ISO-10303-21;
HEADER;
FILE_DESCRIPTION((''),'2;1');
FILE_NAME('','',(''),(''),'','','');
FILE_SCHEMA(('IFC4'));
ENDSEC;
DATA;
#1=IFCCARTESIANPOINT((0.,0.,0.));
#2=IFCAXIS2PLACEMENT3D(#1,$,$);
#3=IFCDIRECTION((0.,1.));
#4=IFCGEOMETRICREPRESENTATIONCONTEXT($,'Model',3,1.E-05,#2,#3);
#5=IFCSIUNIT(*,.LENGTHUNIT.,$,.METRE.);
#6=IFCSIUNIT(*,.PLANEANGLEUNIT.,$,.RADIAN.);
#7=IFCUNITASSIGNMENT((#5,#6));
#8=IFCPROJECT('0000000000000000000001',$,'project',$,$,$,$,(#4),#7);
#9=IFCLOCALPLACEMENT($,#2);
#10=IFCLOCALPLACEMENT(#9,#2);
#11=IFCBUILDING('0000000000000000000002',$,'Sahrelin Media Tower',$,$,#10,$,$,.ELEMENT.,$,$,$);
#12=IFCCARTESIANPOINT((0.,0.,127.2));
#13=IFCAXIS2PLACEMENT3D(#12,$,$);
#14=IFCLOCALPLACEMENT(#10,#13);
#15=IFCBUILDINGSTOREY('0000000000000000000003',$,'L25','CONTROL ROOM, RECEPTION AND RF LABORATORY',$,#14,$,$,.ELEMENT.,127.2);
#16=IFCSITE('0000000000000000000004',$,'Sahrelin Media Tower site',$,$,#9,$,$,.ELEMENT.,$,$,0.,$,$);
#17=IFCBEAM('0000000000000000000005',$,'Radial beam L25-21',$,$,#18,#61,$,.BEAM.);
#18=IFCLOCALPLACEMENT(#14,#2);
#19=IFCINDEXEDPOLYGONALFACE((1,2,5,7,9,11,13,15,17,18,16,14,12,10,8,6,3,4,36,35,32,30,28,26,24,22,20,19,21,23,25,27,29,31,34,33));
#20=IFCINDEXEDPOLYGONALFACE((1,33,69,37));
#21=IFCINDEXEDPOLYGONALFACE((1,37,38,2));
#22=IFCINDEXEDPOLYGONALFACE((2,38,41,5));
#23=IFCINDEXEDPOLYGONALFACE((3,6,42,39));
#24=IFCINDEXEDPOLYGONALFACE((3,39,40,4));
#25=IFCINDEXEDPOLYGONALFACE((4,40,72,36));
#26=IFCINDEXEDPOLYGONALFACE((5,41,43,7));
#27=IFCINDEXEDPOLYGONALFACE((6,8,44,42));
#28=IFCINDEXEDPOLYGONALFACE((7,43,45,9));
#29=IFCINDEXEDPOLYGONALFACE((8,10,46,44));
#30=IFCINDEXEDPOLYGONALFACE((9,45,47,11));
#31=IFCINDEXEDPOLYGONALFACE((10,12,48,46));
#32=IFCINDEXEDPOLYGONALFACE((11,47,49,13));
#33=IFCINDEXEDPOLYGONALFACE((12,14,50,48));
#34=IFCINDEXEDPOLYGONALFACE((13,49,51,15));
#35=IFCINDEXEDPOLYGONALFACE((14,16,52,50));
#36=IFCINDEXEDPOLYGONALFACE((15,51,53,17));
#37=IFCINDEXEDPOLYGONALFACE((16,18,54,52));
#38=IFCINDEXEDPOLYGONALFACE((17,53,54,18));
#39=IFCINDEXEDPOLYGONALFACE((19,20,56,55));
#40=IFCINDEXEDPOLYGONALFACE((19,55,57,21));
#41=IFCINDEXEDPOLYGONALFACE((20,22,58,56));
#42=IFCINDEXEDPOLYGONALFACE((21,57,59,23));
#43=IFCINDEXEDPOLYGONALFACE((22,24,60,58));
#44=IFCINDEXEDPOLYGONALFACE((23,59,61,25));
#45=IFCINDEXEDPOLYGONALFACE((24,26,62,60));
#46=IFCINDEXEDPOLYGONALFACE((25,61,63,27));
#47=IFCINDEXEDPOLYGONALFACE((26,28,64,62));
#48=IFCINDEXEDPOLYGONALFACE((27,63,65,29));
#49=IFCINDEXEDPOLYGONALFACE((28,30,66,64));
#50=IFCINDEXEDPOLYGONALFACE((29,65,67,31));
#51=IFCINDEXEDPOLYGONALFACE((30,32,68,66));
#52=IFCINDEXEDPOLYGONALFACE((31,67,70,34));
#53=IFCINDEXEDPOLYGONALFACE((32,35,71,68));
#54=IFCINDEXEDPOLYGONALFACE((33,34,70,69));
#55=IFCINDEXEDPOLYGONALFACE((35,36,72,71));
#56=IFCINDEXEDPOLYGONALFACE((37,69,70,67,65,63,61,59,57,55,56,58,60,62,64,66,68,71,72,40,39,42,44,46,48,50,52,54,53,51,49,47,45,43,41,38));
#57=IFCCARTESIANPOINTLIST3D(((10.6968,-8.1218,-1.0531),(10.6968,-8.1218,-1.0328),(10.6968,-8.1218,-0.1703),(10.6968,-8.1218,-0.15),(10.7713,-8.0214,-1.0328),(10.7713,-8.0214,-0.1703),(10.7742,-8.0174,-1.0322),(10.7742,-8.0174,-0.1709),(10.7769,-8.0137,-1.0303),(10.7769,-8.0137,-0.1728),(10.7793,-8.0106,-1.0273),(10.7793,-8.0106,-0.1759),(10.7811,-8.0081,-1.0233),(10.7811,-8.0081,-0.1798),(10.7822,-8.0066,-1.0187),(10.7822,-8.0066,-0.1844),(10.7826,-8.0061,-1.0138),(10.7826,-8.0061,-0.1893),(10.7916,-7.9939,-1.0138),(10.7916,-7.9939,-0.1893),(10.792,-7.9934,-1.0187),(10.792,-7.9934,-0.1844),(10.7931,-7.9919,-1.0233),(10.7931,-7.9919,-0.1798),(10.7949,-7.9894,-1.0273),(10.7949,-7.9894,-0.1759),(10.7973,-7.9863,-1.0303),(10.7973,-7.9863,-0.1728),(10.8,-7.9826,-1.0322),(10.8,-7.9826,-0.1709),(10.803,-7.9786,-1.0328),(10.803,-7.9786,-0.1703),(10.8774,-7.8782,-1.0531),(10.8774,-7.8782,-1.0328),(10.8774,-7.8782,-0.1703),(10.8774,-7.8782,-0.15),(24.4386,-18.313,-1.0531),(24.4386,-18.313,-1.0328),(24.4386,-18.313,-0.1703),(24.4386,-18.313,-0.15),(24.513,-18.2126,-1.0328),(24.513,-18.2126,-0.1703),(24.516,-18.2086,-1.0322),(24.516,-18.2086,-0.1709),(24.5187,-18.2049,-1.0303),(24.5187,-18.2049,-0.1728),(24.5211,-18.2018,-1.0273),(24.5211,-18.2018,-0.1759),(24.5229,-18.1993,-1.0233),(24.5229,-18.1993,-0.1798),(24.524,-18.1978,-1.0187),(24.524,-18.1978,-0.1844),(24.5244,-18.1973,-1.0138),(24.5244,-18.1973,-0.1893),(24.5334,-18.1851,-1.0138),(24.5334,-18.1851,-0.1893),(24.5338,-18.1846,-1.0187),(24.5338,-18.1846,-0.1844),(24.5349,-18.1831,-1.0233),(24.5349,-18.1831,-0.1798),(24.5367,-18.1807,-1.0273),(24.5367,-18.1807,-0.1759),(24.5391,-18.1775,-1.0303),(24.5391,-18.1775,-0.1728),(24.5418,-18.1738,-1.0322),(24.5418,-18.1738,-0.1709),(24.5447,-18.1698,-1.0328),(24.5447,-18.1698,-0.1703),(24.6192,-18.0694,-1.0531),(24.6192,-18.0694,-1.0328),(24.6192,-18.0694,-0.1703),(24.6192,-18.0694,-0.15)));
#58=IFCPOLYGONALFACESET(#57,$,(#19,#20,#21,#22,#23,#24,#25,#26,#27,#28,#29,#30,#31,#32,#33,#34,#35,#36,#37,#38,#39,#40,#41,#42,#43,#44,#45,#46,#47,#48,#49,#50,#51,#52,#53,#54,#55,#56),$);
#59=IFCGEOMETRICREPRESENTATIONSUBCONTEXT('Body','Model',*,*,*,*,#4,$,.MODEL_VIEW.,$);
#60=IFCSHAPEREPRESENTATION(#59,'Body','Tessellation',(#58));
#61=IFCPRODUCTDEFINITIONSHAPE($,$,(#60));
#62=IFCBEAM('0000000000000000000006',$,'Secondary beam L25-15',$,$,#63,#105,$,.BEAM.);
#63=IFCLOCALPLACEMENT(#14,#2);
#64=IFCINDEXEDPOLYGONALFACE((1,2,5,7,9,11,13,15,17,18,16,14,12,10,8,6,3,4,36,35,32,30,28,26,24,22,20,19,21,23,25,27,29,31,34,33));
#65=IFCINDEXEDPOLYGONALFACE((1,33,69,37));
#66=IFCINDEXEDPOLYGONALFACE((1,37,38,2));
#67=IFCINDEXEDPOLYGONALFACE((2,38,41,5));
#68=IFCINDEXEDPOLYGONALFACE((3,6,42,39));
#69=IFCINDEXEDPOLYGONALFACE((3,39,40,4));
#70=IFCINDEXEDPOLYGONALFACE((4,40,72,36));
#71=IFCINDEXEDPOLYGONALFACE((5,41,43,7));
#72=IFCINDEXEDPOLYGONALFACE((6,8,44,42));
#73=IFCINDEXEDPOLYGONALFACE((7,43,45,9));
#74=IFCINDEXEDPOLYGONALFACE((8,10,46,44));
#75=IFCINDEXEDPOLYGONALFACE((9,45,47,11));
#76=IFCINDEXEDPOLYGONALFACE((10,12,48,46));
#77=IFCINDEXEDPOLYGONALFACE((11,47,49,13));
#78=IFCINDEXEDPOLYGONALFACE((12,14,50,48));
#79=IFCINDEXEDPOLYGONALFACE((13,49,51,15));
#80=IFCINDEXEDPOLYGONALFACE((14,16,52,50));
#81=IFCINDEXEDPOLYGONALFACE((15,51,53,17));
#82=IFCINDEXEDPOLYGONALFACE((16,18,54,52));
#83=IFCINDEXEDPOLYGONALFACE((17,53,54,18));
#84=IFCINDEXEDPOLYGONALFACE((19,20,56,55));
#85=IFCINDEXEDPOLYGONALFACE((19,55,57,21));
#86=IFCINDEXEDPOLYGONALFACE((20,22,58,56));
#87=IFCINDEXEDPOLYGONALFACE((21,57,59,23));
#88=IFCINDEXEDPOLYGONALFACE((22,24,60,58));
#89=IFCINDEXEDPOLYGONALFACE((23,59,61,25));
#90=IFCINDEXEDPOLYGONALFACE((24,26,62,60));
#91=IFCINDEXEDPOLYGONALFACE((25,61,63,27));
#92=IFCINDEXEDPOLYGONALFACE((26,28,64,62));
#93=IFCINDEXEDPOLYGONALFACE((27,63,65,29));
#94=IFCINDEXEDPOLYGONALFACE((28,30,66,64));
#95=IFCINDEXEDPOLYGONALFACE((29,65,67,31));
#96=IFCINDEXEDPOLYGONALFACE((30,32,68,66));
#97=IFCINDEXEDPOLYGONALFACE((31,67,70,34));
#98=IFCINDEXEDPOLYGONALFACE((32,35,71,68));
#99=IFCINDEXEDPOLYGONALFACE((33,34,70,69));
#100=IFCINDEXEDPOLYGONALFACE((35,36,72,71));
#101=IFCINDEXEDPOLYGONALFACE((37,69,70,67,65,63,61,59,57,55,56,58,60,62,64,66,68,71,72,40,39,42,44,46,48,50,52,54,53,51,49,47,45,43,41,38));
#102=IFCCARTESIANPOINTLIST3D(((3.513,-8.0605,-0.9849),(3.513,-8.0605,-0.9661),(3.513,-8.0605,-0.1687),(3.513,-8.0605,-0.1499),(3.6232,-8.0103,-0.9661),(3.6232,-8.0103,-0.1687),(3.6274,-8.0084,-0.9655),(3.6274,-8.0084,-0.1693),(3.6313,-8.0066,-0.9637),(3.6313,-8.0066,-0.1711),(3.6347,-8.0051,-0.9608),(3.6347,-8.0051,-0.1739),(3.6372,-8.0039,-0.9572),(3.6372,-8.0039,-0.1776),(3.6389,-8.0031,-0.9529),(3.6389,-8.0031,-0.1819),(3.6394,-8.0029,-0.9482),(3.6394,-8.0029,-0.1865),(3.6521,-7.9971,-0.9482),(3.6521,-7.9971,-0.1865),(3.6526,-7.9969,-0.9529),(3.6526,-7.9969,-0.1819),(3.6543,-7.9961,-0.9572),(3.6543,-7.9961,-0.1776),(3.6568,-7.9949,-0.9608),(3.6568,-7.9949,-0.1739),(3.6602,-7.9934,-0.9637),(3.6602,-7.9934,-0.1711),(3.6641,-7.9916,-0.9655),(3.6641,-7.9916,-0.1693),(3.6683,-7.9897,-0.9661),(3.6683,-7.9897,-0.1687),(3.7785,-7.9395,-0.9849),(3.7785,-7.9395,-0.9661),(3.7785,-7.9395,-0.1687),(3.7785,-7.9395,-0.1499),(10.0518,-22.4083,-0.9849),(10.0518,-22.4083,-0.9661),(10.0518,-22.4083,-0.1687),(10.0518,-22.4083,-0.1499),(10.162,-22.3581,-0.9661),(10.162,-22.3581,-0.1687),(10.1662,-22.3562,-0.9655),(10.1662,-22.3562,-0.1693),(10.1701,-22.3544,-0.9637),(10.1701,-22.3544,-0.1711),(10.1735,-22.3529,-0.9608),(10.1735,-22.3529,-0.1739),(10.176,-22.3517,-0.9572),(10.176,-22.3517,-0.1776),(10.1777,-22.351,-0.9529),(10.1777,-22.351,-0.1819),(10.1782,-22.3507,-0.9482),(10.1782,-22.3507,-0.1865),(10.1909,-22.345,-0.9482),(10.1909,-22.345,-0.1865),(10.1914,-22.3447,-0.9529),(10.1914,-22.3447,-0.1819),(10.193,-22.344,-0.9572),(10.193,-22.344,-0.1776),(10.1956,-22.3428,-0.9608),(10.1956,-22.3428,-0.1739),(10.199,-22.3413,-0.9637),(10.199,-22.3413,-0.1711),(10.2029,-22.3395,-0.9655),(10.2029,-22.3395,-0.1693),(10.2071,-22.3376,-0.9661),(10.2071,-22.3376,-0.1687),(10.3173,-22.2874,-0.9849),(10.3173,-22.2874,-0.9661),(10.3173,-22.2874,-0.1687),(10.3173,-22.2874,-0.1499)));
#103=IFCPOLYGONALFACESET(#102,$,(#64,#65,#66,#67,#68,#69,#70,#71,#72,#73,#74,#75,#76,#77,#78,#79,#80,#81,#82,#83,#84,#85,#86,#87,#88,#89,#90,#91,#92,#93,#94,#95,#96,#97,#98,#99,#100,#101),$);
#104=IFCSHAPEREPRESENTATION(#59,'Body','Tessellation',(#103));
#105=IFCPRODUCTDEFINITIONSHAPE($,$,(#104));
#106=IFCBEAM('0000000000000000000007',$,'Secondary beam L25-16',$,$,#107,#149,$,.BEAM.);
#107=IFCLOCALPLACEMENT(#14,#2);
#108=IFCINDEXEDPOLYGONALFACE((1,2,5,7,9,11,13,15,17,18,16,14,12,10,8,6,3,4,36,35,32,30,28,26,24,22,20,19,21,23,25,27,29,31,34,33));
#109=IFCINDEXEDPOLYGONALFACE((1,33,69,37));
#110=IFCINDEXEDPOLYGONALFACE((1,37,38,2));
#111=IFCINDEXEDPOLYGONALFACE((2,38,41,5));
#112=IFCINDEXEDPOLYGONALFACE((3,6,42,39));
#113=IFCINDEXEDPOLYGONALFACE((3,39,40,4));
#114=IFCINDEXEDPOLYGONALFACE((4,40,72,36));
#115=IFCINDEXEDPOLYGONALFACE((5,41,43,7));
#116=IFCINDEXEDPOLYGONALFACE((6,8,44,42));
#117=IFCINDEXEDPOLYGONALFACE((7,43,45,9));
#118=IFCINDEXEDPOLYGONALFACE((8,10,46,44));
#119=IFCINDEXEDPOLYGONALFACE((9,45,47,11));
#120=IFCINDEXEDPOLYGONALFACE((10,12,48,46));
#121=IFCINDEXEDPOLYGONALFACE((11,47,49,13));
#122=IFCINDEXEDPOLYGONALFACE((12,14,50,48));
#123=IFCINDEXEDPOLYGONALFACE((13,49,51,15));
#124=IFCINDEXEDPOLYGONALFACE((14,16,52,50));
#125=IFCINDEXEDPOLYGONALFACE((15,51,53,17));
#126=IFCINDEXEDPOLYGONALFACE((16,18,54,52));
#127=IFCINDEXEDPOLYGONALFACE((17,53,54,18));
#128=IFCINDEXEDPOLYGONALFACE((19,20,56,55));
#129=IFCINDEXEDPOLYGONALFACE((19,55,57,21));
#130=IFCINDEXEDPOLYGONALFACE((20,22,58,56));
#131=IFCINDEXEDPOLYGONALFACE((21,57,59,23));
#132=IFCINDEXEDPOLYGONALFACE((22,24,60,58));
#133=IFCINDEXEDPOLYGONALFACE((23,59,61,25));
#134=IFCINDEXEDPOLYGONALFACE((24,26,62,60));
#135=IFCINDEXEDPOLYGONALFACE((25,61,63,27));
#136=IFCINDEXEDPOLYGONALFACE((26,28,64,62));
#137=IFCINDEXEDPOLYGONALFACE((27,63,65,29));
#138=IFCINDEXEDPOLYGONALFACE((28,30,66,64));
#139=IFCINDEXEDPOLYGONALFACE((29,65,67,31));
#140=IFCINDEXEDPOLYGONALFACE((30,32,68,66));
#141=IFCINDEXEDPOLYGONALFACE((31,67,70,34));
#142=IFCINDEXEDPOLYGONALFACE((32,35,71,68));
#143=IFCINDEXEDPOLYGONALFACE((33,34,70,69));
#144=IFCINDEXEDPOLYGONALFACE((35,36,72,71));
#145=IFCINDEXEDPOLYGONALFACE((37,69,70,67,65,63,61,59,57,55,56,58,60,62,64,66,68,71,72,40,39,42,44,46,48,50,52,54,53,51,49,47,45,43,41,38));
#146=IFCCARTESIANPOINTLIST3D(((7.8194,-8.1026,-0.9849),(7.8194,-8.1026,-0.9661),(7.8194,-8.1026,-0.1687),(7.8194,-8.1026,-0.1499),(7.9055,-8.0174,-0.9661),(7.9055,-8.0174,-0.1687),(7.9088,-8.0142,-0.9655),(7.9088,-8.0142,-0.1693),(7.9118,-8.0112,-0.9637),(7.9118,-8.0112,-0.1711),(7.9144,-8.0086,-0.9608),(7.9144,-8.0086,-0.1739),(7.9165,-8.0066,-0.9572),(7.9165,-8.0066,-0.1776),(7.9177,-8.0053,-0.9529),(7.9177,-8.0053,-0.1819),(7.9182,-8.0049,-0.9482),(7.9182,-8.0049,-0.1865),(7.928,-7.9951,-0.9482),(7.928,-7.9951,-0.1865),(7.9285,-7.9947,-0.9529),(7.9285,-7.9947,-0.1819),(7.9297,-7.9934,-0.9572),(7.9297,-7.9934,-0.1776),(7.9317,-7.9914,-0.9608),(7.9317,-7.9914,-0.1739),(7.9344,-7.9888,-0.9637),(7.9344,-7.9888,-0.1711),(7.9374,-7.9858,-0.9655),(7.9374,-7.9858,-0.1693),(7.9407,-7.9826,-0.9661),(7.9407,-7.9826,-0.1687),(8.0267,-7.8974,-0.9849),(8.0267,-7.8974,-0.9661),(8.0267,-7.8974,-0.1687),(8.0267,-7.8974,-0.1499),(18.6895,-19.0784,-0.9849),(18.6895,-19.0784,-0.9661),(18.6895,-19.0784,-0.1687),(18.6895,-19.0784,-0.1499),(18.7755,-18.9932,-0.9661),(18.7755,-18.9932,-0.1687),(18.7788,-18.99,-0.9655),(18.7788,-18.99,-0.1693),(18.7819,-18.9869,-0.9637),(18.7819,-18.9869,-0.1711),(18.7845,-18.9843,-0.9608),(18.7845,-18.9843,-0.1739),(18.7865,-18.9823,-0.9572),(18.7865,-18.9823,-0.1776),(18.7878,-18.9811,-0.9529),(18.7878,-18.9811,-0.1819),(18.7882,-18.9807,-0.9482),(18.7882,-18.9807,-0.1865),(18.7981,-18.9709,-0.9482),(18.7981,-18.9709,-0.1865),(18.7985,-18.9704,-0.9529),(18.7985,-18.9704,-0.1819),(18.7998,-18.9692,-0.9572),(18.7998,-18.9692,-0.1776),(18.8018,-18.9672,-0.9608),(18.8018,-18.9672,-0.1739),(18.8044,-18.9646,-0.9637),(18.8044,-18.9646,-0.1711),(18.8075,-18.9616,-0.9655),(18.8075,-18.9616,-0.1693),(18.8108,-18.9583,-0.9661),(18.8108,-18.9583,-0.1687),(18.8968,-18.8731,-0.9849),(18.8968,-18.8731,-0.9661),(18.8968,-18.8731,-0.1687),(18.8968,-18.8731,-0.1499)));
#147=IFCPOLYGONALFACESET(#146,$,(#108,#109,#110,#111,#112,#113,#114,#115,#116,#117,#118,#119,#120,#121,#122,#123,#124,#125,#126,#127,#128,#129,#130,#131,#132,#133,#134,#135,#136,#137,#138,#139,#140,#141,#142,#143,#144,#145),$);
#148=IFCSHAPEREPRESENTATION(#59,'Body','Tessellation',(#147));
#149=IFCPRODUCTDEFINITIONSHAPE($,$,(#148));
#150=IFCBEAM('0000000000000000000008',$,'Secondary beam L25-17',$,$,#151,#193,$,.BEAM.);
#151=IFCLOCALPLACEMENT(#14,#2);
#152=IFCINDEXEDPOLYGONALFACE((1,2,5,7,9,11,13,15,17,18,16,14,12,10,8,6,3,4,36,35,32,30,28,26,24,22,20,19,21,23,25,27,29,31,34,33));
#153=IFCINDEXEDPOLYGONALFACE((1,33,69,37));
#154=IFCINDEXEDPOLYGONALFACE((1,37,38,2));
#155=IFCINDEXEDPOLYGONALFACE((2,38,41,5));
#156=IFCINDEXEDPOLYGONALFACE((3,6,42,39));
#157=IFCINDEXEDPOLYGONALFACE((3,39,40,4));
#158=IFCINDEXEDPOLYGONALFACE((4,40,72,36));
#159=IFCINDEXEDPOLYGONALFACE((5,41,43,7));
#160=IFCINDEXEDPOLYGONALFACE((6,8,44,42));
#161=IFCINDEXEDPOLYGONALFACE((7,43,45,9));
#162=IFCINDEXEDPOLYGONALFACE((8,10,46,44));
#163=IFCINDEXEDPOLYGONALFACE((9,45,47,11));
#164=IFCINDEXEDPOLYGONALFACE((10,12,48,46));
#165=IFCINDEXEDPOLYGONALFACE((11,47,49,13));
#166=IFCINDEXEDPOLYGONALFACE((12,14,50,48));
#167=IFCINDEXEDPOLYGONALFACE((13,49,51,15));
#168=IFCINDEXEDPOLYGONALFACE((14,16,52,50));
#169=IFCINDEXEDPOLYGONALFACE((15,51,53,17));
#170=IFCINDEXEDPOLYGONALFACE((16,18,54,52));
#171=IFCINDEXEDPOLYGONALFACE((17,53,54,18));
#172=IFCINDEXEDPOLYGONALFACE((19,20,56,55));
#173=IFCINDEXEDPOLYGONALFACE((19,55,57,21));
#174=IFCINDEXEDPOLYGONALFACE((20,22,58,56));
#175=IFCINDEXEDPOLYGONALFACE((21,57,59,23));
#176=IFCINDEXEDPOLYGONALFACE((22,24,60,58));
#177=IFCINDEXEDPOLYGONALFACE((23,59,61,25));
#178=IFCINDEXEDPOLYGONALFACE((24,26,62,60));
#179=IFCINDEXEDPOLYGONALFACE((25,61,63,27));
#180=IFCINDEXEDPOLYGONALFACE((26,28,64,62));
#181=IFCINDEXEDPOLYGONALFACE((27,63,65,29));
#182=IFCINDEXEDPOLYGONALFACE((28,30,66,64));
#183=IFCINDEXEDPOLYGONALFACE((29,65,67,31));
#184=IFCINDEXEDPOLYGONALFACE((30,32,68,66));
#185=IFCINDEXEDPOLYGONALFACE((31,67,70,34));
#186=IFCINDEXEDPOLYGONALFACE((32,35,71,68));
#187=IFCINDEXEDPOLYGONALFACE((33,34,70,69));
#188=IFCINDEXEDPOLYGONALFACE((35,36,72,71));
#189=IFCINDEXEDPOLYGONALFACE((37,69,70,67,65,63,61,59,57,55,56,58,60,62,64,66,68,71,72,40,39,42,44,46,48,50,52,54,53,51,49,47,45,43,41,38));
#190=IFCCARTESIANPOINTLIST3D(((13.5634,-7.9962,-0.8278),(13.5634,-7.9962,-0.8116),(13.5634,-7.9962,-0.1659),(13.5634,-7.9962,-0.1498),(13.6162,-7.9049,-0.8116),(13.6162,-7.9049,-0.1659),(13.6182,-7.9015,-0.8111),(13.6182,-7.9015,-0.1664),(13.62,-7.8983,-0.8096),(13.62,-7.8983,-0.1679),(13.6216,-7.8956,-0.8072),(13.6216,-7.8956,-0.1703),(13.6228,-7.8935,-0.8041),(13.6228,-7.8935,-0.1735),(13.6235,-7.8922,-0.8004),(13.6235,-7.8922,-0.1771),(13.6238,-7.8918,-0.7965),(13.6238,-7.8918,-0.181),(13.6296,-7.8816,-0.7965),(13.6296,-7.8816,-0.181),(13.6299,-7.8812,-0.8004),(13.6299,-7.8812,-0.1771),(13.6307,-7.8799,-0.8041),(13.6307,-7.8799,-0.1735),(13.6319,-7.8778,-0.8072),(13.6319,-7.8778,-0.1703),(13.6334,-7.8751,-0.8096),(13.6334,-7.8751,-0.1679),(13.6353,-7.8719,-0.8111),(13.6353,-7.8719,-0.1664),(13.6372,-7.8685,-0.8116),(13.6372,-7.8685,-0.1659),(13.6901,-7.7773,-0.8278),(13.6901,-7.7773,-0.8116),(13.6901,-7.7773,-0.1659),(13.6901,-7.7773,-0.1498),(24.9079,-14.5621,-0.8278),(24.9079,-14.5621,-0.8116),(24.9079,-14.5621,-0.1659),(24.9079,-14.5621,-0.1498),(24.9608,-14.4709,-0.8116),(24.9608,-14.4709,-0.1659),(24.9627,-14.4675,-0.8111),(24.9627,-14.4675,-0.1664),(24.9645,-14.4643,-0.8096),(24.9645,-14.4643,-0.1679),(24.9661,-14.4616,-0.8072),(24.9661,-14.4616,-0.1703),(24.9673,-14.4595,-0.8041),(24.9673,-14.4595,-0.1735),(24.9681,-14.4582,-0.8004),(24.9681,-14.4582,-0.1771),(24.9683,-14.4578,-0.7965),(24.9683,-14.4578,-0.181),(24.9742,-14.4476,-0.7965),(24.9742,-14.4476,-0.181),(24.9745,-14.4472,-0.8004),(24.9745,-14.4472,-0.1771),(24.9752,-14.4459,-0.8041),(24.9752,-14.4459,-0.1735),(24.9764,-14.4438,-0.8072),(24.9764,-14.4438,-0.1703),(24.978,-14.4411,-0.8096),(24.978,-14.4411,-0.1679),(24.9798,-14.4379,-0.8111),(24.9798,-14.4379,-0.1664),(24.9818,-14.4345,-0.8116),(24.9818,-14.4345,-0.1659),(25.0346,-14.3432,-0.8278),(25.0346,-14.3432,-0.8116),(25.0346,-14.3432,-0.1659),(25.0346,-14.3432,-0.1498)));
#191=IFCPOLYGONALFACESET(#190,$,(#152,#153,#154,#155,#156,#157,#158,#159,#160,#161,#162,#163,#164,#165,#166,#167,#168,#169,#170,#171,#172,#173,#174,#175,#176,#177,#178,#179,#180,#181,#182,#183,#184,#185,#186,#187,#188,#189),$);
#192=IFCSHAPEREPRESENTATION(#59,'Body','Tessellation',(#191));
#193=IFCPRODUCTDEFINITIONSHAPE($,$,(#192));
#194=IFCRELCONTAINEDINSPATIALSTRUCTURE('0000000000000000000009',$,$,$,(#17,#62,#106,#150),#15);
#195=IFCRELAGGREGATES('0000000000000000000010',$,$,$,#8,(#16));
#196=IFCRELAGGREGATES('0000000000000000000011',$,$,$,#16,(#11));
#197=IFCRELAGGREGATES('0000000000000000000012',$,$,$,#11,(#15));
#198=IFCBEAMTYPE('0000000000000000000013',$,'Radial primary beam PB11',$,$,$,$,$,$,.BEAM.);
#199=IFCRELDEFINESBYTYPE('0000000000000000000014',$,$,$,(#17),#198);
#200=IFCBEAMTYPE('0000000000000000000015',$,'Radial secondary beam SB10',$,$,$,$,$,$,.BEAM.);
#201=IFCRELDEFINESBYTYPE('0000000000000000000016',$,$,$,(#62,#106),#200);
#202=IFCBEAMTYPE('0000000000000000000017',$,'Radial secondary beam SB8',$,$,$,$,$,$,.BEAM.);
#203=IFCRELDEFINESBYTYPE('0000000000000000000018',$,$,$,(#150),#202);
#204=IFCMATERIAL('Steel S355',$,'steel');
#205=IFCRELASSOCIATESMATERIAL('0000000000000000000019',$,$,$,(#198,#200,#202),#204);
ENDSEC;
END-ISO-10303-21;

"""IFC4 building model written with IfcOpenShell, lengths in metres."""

from ifc_helpers import new_model, si_unit, direction, frame, origin, origin_2d, place, context, subcontext, project, spatial, i_section, extrude, material, material_profile, profile_set, type_object, element, save


model = new_model("IFC4")

# Units and contexts
model_context = context("Model", 3, precision=1e-05, world=origin(), true_north=direction((0.0, 1.0)))
body_context = subcontext(model_context, "Body", "Model", "MODEL_VIEW")
ifc_project = project(units=[si_unit("LENGTHUNIT", "METRE"), si_unit("PLANEANGLEUNIT", "RADIAN")], contexts=[model_context])

# Site, building, storey
site_placement = place(None, origin())
site = spatial("IfcSite", under=ifc_project, at=site_placement, Name="Sahrelin Media Tower site", CompositionType="ELEMENT", RefElevation=0.0)
building_placement = place(site_placement, origin())
building = spatial("IfcBuilding", under=site, at=building_placement, Name="Sahrelin Media Tower", CompositionType="ELEMENT")
storey_placement = place(building_placement, frame((0.0, 0.0, 127.2)))
storey = spatial("IfcBuildingStorey", under=building, at=storey_placement, Name="L25", Description="CONTROL ROOM, RECEPTION AND RF LABORATORY", CompositionType="ELEMENT", Elevation=127.2)

# Shared definitions
ifc_material_1 = material(Name="Steel S355", Category="steel")

# Beams
ifc_material_profile_1 = material_profile(ifc_material_1, i_section(OverallWidth=0.3032, OverallDepth=0.9031, WebThickness=0.0151, FlangeThickness=0.0203, FilletRadius=0.019, at=origin_2d()), Name="UB 914x305x201")
ifc_profile_set_1 = profile_set([ifc_material_profile_1], Name="Steel S355")
beam_type_1 = type_object("IfcBeamType", Name="Radial primary beam PB11", PredefinedType="BEAM", material=ifc_profile_set_1)
beam_1_placement = place(storey_placement, frame((10.7871, -8.0, -0.6016), z_axis=(0.803218, -0.595685, 0.0), x_axis=(0.595685, 0.803218, 0.0)))
element("IfcBeam", 1, at=beam_1_placement, inside=storey, type_object=beam_type_1, Name="Radial beam L25-21", PredefinedType="BEAM", context=body_context, shape_type="SweptSolid", body=[
    extrude(i_section(OverallWidth=0.3032, OverallDepth=0.9031, WebThickness=0.0151, FlangeThickness=0.0203, FilletRadius=0.019, at=origin_2d()), origin(), (0.0, 0.0, 1.0), 17.1084),
])
ifc_material_profile_2 = material_profile(ifc_material_1, i_section(OverallWidth=0.2917, OverallDepth=0.835, WebThickness=0.0139, FlangeThickness=0.0188, FilletRadius=0.0178, at=origin_2d()), Name="UB 838x292x176")
ifc_profile_set_2 = profile_set([ifc_material_profile_2], Name="Steel S355")
beam_type_2 = type_object("IfcBeamType", Name="Radial secondary beam SB10", PredefinedType="BEAM", material=ifc_profile_set_2)
beam_2_placement = place(storey_placement, frame((3.6458, -8.0, -0.5674), z_axis=(0.414699, -0.909959, 0.0), x_axis=(0.909959, 0.414699, 0.0)))
element("IfcBeam", 2, at=beam_2_placement, inside=storey, type_object=beam_type_2, Name="Secondary beam L25-15", PredefinedType="BEAM", context=body_context, shape_type="SweptSolid", body=[
    extrude(i_section(OverallWidth=0.2917, OverallDepth=0.835, WebThickness=0.0139, FlangeThickness=0.0188, FilletRadius=0.0178, at=origin_2d()), origin(), (0.0, 0.0, 1.0), 15.7676),
])
beam_3_placement = place(storey_placement, frame((7.9231, -8.0, -0.5674), z_axis=(0.703677, -0.71052, 0.0), x_axis=(0.71052, 0.703677, 0.0)))
element("IfcBeam", 3, at=beam_3_placement, inside=storey, type_object=beam_type_2, Name="Secondary beam L25-16", PredefinedType="BEAM", context=body_context, shape_type="SweptSolid", body=[
    extrude(i_section(OverallWidth=0.2917, OverallDepth=0.835, WebThickness=0.0139, FlangeThickness=0.0188, FilletRadius=0.0178, at=origin_2d()), origin(), (0.0, 0.0, 1.0), 15.4475),
])
ifc_material_profile_3 = material_profile(ifc_material_1, i_section(OverallWidth=0.2529, OverallDepth=0.678, WebThickness=0.0117, FlangeThickness=0.0161, FilletRadius=0.0151, at=origin_2d()), Name="UB 686x254x125")
ifc_profile_set_3 = profile_set([ifc_material_profile_3], Name="Steel S355")
beam_type_3 = type_object("IfcBeamType", Name="Radial secondary beam SB8", PredefinedType="BEAM", material=ifc_profile_set_3)
beam_4_placement = place(storey_placement, frame((13.6267, -7.8867, -0.4888), z_axis=(0.86549, -0.500925, 0.0), x_axis=(0.500925, 0.86549, 0.0)))
element("IfcBeam", 4, at=beam_4_placement, inside=storey, type_object=beam_type_3, Name="Secondary beam L25-17", PredefinedType="BEAM", context=body_context, shape_type="SweptSolid", body=[
    extrude(i_section(OverallWidth=0.2529, OverallDepth=0.678, WebThickness=0.0117, FlangeThickness=0.0161, FilletRadius=0.0151, at=origin_2d()), origin(), (0.0, 0.0, 1.0), 13.1077),
])

save(model, "model.ifc")
